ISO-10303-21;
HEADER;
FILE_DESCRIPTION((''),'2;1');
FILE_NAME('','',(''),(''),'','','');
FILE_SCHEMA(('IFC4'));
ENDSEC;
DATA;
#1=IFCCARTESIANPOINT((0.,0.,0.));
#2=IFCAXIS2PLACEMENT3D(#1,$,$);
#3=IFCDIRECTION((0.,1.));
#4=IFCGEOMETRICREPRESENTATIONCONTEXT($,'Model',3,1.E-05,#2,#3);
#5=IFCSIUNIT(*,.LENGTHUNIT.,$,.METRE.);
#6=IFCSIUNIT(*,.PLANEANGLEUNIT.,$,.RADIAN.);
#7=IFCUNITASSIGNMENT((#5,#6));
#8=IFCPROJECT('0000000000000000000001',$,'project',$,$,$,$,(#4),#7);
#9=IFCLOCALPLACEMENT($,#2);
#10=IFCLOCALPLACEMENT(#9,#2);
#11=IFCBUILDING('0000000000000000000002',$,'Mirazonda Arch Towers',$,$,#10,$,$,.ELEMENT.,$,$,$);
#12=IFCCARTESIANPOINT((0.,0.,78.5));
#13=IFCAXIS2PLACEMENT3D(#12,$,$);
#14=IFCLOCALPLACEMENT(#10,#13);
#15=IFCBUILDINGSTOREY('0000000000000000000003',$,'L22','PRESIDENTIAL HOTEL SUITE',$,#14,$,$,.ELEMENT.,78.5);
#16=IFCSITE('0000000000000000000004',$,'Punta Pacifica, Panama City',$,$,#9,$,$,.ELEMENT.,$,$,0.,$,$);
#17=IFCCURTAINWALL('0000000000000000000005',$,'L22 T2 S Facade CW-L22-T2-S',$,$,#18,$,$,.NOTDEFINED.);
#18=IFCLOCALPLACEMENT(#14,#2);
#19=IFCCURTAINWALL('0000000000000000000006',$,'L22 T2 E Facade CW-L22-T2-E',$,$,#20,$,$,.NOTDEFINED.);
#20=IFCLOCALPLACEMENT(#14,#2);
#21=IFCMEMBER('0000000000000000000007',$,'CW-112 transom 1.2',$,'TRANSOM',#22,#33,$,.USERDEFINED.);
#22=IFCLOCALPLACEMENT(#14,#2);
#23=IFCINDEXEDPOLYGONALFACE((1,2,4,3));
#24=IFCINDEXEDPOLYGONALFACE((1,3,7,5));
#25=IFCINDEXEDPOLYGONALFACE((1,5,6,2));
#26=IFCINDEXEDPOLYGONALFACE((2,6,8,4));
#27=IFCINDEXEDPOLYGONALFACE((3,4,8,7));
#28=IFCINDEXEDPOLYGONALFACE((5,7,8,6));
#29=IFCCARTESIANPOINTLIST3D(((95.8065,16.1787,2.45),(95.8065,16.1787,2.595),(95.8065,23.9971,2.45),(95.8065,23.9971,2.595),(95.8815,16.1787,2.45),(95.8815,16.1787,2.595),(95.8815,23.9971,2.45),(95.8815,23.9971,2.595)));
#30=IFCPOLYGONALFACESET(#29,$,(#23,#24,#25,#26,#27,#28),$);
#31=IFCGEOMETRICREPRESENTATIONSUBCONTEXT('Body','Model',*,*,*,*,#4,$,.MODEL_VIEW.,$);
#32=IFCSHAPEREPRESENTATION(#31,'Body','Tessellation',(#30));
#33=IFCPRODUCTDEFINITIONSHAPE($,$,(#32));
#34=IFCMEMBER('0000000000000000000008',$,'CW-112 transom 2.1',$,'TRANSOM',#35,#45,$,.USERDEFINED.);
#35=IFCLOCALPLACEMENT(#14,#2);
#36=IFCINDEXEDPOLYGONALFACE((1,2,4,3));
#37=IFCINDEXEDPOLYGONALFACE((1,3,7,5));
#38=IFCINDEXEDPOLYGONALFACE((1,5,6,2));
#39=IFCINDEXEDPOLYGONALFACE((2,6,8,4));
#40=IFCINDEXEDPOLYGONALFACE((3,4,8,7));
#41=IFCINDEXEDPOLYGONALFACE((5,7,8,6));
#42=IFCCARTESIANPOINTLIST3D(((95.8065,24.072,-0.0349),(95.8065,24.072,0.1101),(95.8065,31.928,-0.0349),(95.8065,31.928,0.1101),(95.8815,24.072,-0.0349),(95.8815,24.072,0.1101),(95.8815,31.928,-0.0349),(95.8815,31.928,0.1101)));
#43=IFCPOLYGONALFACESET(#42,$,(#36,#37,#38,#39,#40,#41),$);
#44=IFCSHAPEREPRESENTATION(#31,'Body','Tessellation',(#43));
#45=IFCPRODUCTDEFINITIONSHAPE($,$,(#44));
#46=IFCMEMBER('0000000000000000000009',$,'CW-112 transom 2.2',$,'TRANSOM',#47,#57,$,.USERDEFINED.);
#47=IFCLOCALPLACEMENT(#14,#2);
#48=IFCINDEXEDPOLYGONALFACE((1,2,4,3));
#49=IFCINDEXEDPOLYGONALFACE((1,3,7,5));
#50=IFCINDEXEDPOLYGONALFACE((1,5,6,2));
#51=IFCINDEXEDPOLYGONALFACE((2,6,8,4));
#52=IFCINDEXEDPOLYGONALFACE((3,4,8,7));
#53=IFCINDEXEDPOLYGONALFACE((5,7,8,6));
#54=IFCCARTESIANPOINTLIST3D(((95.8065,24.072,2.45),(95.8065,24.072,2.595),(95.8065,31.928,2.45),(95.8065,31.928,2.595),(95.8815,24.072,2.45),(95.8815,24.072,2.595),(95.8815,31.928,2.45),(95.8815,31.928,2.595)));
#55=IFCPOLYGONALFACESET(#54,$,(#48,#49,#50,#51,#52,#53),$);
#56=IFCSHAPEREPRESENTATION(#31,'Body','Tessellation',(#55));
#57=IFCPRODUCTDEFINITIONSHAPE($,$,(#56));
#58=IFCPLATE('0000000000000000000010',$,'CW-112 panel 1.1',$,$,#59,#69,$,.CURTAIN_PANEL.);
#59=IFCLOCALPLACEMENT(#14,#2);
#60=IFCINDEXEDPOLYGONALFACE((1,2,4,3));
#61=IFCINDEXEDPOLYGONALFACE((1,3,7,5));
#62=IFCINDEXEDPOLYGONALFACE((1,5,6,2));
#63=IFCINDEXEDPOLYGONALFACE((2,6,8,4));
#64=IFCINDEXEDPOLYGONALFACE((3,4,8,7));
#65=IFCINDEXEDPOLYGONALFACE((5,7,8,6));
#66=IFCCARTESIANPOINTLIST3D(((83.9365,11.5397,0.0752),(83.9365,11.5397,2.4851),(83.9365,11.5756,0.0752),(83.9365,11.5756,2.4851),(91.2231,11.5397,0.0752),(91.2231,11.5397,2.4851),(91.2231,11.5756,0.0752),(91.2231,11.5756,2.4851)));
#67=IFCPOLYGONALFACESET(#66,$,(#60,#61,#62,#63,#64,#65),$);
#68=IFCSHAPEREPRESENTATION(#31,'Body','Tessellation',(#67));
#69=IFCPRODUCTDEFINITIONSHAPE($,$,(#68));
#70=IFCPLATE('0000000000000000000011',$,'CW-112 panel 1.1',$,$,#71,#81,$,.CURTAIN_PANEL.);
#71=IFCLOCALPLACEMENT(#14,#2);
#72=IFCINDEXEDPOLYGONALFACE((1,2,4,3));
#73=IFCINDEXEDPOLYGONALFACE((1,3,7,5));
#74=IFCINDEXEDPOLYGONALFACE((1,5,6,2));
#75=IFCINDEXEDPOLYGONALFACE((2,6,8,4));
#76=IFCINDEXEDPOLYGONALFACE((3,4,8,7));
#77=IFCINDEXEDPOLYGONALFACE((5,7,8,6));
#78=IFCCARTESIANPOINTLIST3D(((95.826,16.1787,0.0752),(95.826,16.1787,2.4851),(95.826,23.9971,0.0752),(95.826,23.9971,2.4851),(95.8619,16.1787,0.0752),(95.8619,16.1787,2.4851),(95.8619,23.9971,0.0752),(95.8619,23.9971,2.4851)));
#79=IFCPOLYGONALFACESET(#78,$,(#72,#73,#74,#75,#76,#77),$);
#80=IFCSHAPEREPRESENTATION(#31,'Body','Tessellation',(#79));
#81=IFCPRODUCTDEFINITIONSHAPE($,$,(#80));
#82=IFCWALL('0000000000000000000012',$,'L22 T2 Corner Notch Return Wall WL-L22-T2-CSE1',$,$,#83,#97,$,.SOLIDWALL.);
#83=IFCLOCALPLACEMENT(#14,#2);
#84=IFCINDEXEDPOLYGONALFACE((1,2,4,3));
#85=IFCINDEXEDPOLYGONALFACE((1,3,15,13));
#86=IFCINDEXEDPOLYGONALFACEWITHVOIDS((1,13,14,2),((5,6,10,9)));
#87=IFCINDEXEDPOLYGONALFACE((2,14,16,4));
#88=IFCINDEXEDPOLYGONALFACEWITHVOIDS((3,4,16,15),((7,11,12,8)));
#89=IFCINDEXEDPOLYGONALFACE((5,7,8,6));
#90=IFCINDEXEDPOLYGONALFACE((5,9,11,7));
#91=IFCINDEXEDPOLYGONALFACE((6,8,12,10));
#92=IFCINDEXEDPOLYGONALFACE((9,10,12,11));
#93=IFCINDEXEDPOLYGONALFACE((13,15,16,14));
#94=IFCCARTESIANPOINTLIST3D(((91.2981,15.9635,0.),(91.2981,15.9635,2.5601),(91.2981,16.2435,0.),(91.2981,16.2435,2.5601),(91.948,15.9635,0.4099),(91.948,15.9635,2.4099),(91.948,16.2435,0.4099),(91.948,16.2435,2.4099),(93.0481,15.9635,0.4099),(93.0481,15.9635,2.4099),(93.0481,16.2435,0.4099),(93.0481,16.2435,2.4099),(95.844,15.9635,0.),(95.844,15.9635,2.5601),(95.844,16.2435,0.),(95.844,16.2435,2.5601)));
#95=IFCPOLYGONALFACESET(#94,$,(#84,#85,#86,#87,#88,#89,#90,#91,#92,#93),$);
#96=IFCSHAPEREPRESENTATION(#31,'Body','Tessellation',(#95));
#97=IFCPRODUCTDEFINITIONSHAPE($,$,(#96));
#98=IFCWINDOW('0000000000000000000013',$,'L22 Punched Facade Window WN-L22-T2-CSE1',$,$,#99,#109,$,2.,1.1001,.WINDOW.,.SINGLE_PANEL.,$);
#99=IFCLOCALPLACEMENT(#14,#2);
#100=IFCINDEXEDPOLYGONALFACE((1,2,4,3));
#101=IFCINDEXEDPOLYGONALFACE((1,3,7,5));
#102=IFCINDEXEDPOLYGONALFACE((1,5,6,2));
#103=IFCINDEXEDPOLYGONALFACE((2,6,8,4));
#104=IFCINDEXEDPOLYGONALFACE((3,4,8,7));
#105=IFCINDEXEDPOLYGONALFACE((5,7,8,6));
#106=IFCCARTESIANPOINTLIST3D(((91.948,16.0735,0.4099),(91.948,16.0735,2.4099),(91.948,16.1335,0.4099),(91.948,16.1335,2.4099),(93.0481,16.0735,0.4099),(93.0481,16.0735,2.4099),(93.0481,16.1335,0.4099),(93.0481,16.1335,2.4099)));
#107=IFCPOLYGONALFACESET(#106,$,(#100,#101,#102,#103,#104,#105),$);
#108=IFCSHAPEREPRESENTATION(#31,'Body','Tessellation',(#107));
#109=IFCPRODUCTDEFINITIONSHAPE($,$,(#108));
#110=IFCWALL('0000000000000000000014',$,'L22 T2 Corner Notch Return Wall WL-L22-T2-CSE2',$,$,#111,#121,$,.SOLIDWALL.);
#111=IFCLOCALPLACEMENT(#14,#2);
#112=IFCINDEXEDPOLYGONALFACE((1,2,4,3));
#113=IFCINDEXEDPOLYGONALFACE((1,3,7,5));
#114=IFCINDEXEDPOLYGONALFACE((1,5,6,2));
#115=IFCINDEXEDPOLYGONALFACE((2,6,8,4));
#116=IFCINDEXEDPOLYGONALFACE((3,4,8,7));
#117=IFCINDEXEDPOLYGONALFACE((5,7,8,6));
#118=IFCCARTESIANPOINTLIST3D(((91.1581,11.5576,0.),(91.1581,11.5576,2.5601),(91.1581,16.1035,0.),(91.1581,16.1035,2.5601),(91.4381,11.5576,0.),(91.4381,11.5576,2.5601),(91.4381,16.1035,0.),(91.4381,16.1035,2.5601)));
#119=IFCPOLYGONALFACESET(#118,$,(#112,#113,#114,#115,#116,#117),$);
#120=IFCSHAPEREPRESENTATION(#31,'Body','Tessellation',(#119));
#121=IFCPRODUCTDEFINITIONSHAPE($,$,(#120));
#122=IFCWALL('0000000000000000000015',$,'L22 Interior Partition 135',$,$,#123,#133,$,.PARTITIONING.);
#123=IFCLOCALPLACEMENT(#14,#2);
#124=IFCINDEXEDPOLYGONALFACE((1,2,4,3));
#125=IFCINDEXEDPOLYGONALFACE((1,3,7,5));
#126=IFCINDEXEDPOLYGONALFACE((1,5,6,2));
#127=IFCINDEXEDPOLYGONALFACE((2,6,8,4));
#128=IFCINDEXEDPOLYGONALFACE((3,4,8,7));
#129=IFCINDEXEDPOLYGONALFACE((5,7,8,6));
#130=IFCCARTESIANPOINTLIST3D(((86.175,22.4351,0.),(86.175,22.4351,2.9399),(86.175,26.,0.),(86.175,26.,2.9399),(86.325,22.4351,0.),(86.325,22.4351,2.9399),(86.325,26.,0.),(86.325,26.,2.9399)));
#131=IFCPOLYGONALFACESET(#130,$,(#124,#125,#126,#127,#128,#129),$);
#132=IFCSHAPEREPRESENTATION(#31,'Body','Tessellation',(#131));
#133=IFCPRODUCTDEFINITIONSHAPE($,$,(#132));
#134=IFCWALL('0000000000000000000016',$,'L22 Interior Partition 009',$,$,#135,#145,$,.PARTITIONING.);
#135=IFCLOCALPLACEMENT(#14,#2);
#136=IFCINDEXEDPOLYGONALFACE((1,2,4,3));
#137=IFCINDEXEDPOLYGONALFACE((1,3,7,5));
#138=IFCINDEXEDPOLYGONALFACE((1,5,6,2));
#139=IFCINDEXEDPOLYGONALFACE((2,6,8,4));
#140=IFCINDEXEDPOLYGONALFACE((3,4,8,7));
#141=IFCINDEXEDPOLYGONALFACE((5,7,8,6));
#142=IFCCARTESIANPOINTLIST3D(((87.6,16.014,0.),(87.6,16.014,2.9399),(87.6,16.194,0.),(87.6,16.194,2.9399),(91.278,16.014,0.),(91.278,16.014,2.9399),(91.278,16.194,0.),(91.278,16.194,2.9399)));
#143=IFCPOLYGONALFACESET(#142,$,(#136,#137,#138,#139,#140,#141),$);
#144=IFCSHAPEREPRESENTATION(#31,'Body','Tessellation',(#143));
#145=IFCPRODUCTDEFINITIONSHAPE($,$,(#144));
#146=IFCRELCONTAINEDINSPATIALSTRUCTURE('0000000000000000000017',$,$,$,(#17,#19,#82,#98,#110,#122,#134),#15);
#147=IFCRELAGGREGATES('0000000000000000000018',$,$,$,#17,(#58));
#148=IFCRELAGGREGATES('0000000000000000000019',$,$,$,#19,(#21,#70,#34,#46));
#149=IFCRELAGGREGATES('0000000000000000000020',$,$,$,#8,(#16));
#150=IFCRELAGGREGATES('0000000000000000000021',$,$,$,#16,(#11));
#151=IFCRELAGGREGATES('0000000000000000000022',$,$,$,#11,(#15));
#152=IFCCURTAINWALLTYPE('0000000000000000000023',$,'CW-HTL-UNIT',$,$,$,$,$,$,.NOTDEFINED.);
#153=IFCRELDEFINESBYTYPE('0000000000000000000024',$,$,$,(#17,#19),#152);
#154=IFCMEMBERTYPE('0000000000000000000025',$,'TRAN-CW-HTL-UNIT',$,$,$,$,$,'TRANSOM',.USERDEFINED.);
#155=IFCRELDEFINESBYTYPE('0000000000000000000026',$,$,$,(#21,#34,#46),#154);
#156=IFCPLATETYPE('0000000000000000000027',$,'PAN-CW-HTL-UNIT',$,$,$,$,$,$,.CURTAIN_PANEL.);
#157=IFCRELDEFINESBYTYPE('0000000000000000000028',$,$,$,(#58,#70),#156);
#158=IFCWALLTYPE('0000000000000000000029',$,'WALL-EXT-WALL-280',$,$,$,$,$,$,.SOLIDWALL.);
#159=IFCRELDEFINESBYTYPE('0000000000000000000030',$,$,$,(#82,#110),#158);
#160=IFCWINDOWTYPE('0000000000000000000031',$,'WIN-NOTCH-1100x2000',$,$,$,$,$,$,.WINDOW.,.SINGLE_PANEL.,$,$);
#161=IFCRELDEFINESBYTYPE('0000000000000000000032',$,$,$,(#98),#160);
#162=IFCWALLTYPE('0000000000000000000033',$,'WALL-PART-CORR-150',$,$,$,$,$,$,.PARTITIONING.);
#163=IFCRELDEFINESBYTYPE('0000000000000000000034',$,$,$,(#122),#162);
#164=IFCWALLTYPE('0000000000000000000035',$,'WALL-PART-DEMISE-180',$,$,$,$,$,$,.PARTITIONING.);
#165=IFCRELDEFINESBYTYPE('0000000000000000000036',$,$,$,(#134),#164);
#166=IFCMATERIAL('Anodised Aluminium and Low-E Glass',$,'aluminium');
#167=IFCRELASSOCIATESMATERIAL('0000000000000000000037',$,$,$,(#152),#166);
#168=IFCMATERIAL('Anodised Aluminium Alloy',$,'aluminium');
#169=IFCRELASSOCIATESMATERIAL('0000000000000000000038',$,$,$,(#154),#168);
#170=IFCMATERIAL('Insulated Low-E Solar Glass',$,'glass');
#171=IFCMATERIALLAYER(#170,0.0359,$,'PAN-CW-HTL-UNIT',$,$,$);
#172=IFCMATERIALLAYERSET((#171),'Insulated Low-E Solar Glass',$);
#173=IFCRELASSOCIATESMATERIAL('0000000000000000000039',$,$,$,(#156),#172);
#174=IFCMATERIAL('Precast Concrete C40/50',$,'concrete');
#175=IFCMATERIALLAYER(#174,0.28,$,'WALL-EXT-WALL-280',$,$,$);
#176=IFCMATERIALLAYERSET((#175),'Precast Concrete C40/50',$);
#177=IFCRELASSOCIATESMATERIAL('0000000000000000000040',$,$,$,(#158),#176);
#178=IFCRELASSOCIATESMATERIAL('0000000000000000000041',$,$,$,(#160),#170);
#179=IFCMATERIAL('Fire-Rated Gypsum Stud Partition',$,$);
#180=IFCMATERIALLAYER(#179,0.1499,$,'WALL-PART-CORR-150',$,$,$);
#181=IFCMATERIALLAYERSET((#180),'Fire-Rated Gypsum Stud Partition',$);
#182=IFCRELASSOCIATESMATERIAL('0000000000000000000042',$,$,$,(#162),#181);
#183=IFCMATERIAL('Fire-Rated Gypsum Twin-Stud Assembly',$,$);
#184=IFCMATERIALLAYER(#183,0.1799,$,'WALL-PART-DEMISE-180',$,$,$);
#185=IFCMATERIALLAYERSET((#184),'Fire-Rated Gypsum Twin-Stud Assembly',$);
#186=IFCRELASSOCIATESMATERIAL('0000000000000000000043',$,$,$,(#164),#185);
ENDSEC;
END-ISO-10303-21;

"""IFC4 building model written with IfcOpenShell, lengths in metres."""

from ifc_helpers import new_model, si_unit, direction, frame, frame_2d, origin, origin_2d, place, context, subcontext, project, spatial, rectangle, extrude, material, layer, layer_set, material_profile, profile_set, type_object, element, fill, aggregate, save


model = new_model("IFC4")

# Units and contexts
model_context = context("Model", 3, precision=1e-05, world=origin(), true_north=direction((0.0, 1.0)))
body_context = subcontext(model_context, "Body", "Model", "MODEL_VIEW")
ifc_project = project(units=[si_unit("LENGTHUNIT", "METRE"), si_unit("PLANEANGLEUNIT", "RADIAN")], contexts=[model_context])

# Site, building, storey
site_placement = place(None, origin())
site = spatial("IfcSite", under=ifc_project, at=site_placement, Name="Punta Pacifica, Panama City", CompositionType="ELEMENT", RefElevation=0.0)
building_placement = place(site_placement, origin())
building = spatial("IfcBuilding", under=site, at=building_placement, Name="Mirazonda Arch Towers", CompositionType="ELEMENT")
storey_placement = place(building_placement, frame((0.0, 0.0, 78.5)))
storey = spatial("IfcBuildingStorey", under=building, at=storey_placement, Name="L22", Description="PRESIDENTIAL HOTEL SUITE", CompositionType="ELEMENT", Elevation=78.5)

# Curtain wall
ifc_material_1 = material(Name="Anodised Aluminium and Low-E Glass", Category="aluminium")
curtain_wall_type = type_object("IfcCurtainWallType", Name="CW-HTL-UNIT", PredefinedType="NOTDEFINED", material=ifc_material_1)
curtain_wall_1_placement = place(storey_placement, origin())
curtain_wall_1 = element("IfcCurtainWall", 1, at=curtain_wall_1_placement, inside=storey, type_object=curtain_wall_type, Name="L22 T2 S Facade CW-L22-T2-S", PredefinedType="NOTDEFINED")
ifc_material_2 = material(Name="Anodised Aluminium Alloy", Category="aluminium")

# Curtain wall
curtain_wall_2_placement = place(storey_placement, origin())
curtain_wall_2 = element("IfcCurtainWall", 2, at=curtain_wall_2_placement, inside=storey, type_object=curtain_wall_type, Name="L22 T2 E Facade CW-L22-T2-E", PredefinedType="NOTDEFINED")

# Members
ifc_material_profile_1 = material_profile(ifc_material_2, rectangle(XDim=0.075, YDim=0.145, at=origin_2d()), Name="ALU-TRAN-75x145")
ifc_profile_set_1 = profile_set([ifc_material_profile_1], Name="Anodised Aluminium Alloy")
member_type_1 = type_object("IfcMemberType", Name="TRAN-CW-HTL-UNIT", ElementType="TRANSOM", PredefinedType="USERDEFINED", material=ifc_profile_set_1)
member_1_placement = place(storey_placement, frame((95.844, 16.1787, 2.5225), z_axis=(0.0, 1.0, 0.0), x_axis=(-1.0, 0.0, 0.0)))
member_1 = element("IfcMember", 3, at=member_1_placement, type_object=member_type_1, Name="CW-112 transom 1.2", ObjectType="TRANSOM", PredefinedType="USERDEFINED", context=body_context, shape_type="SweptSolid", body=[
    extrude(rectangle(XDim=0.075, YDim=0.145, at=origin_2d()), origin(), (0.0, 0.0, 1.0), 7.8184),
])
member_2_placement = place(storey_placement, frame((95.844, 24.072, 0.0376), z_axis=(0.0, 1.0, 0.0), x_axis=(-1.0, 0.0, 0.0)))
member_2 = element("IfcMember", 4, at=member_2_placement, type_object=member_type_1, Name="CW-112 transom 2.1", ObjectType="TRANSOM", PredefinedType="USERDEFINED", context=body_context, shape_type="SweptSolid", body=[
    extrude(rectangle(XDim=0.075, YDim=0.145, at=origin_2d()), origin(), (0.0, 0.0, 1.0), 7.856),
])
member_3_placement = place(storey_placement, frame((95.844, 24.072, 2.5225), z_axis=(0.0, 1.0, 0.0), x_axis=(-1.0, 0.0, 0.0)))
member_3 = element("IfcMember", 5, at=member_3_placement, type_object=member_type_1, Name="CW-112 transom 2.2", ObjectType="TRANSOM", PredefinedType="USERDEFINED", context=body_context, shape_type="SweptSolid", body=[
    extrude(rectangle(XDim=0.075, YDim=0.145, at=origin_2d()), origin(), (0.0, 0.0, 1.0), 7.856),
])

# Plates
ifc_material_3 = material(Name="Insulated Low-E Solar Glass", Category="glass")
ifc_layer_1 = layer(ifc_material_3, 0.0359, Name="PAN-CW-HTL-UNIT")
ifc_layer_set_1 = layer_set([ifc_layer_1], Name="Insulated Low-E Solar Glass")
plate_type = type_object("IfcPlateType", Name="PAN-CW-HTL-UNIT", PredefinedType="CURTAIN_PANEL", material=ifc_layer_set_1)
plate_1_placement = place(storey_placement, frame((87.5798, 11.5576, 0.0752), z_axis=(0.0, 0.0, 1.0), x_axis=(-1.0, 0.0, 0.0)))
plate_1 = element("IfcPlate", 6, at=plate_1_placement, type_object=plate_type, Name="CW-112 panel 1.1", PredefinedType="CURTAIN_PANEL", context=body_context, shape_type="SweptSolid", body=[
    extrude(rectangle(XDim=7.2866, YDim=0.0359, at=origin_2d()), origin(), (0.0, 0.0, 1.0), 2.4099),
])
aggregate(curtain_wall_1, [plate_1])
plate_2_placement = place(storey_placement, frame((95.844, 20.0879, 0.0752), z_axis=(0.0, 0.0, 1.0), x_axis=(0.0, 1.0, 0.0)))
plate_2 = element("IfcPlate", 7, at=plate_2_placement, type_object=plate_type, Name="CW-112 panel 1.1", PredefinedType="CURTAIN_PANEL", context=body_context, shape_type="SweptSolid", body=[
    extrude(rectangle(XDim=7.8184, YDim=0.0359, at=origin_2d()), origin(), (0.0, 0.0, 1.0), 2.4099),
])
aggregate(curtain_wall_2, [member_1, plate_2, member_2, member_3])

# Wall, opening, window
ifc_material_4 = material(Name="Precast Concrete C40/50", Category="concrete")
ifc_layer_2 = layer(ifc_material_4, 0.28, Name="WALL-EXT-WALL-280")
ifc_layer_set_2 = layer_set([ifc_layer_2], Name="Precast Concrete C40/50")
wall_type_1 = type_object("IfcWallType", Name="WALL-EXT-WALL-280", PredefinedType="SOLIDWALL", material=ifc_layer_set_2)
wall_1_placement = place(storey_placement, frame((91.2981, 16.1035, 0.0), z_axis=(0.0, 0.0, 1.0), x_axis=(1.0, 0.0, 0.0)))
wall_1 = element("IfcWall", 8, at=wall_1_placement, inside=storey, type_object=wall_type_1, Name="L22 T2 Corner Notch Return Wall WL-L22-T2-CSE1", PredefinedType="SOLIDWALL", context=body_context, shape_type="SweptSolid", body=[
    extrude(rectangle(XDim=4.5459, YDim=0.28, at=frame_2d((2.2729, 0.0))), origin(), (0.0, 0.0, 1.0), 2.5601),
])
opening_1_placement = place(wall_1_placement, frame((0.6499, 0.0, 0.4099)))
opening_1 = element("IfcOpeningElement", 9, at=opening_1_placement, cuts=wall_1, PredefinedType="OPENING", context=body_context, shape_type="SweptSolid", body=[
    extrude(rectangle(XDim=1.1001, YDim=2.0, at=frame_2d((0.55, 1.0))), frame((0.0, 0.1499, 0.0), z_axis=(0.0, -1.0, 0.0), x_axis=(1.0, 0.0, 0.0)), (0.0, 0.0, 1.0), 0.3),
])
window_type = type_object("IfcWindowType", Name="WIN-NOTCH-1100x2000", PartitioningType="SINGLE_PANEL", PredefinedType="WINDOW", material=ifc_material_3)
window_placement = place(opening_1_placement, origin())
window = element("IfcWindow", 10, at=window_placement, inside=storey, type_object=window_type, Name="L22 Punched Facade Window WN-L22-T2-CSE1", OverallHeight=2.0, OverallWidth=1.1001, PartitioningType="SINGLE_PANEL", PredefinedType="WINDOW", context=body_context, shape_type="SweptSolid", body=[
    extrude(rectangle(XDim=1.1001, YDim=2.0, at=frame_2d((0.55, 1.0))), frame((0.0, 0.03, 0.0), z_axis=(0.0, -1.0, 0.0), x_axis=(1.0, 0.0, 0.0)), (0.0, 0.0, 1.0), 0.0601),
])
fill(opening_1, window)

# Walls
wall_2_placement = place(storey_placement, frame((91.2981, 11.5576, 0.0), z_axis=(0.0, 0.0, 1.0), x_axis=(0.0, 1.0, 0.0)))
element("IfcWall", 11, at=wall_2_placement, inside=storey, type_object=wall_type_1, Name="L22 T2 Corner Notch Return Wall WL-L22-T2-CSE2", PredefinedType="SOLIDWALL", context=body_context, shape_type="SweptSolid", body=[
    extrude(rectangle(XDim=4.5459, YDim=0.28, at=frame_2d((2.2729, 0.0))), origin(), (0.0, 0.0, 1.0), 2.5601),
])
ifc_material_5 = material(Name="Fire-Rated Gypsum Stud Partition")
ifc_layer_3 = layer(ifc_material_5, 0.1499, Name="WALL-PART-CORR-150")
ifc_layer_set_3 = layer_set([ifc_layer_3], Name="Fire-Rated Gypsum Stud Partition")
wall_type_2 = type_object("IfcWallType", Name="WALL-PART-CORR-150", PredefinedType="PARTITIONING", material=ifc_layer_set_3)
wall_3_placement = place(storey_placement, frame((86.25, 22.4351, 0.0), z_axis=(0.0, 0.0, 1.0), x_axis=(0.0, 1.0, 0.0)))
element("IfcWall", 12, at=wall_3_placement, inside=storey, type_object=wall_type_2, Name="L22 Interior Partition 135", PredefinedType="PARTITIONING", context=body_context, shape_type="SweptSolid", body=[
    extrude(rectangle(XDim=3.5649, YDim=0.1499, at=frame_2d((1.7825, 0.0))), origin(), (0.0, 0.0, 1.0), 2.9399),
])
ifc_material_6 = material(Name="Fire-Rated Gypsum Twin-Stud Assembly")
ifc_layer_4 = layer(ifc_material_6, 0.1799, Name="WALL-PART-DEMISE-180")
ifc_layer_set_4 = layer_set([ifc_layer_4], Name="Fire-Rated Gypsum Twin-Stud Assembly")
wall_type_3 = type_object("IfcWallType", Name="WALL-PART-DEMISE-180", PredefinedType="PARTITIONING", material=ifc_layer_set_4)
wall_4_placement = place(storey_placement, frame((87.6001, 16.104, 0.0), z_axis=(0.0, 0.0, 1.0), x_axis=(1.0, 0.0, 0.0)))
element("IfcWall", 13, at=wall_4_placement, inside=storey, type_object=wall_type_3, Name="L22 Interior Partition 009", PredefinedType="PARTITIONING", context=body_context, shape_type="SweptSolid", body=[
    extrude(rectangle(XDim=3.678, YDim=0.1799, at=frame_2d((1.8389, 0.0))), origin(), (0.0, 0.0, 1.0), 2.9399),
])

save(model, "model.ifc")
